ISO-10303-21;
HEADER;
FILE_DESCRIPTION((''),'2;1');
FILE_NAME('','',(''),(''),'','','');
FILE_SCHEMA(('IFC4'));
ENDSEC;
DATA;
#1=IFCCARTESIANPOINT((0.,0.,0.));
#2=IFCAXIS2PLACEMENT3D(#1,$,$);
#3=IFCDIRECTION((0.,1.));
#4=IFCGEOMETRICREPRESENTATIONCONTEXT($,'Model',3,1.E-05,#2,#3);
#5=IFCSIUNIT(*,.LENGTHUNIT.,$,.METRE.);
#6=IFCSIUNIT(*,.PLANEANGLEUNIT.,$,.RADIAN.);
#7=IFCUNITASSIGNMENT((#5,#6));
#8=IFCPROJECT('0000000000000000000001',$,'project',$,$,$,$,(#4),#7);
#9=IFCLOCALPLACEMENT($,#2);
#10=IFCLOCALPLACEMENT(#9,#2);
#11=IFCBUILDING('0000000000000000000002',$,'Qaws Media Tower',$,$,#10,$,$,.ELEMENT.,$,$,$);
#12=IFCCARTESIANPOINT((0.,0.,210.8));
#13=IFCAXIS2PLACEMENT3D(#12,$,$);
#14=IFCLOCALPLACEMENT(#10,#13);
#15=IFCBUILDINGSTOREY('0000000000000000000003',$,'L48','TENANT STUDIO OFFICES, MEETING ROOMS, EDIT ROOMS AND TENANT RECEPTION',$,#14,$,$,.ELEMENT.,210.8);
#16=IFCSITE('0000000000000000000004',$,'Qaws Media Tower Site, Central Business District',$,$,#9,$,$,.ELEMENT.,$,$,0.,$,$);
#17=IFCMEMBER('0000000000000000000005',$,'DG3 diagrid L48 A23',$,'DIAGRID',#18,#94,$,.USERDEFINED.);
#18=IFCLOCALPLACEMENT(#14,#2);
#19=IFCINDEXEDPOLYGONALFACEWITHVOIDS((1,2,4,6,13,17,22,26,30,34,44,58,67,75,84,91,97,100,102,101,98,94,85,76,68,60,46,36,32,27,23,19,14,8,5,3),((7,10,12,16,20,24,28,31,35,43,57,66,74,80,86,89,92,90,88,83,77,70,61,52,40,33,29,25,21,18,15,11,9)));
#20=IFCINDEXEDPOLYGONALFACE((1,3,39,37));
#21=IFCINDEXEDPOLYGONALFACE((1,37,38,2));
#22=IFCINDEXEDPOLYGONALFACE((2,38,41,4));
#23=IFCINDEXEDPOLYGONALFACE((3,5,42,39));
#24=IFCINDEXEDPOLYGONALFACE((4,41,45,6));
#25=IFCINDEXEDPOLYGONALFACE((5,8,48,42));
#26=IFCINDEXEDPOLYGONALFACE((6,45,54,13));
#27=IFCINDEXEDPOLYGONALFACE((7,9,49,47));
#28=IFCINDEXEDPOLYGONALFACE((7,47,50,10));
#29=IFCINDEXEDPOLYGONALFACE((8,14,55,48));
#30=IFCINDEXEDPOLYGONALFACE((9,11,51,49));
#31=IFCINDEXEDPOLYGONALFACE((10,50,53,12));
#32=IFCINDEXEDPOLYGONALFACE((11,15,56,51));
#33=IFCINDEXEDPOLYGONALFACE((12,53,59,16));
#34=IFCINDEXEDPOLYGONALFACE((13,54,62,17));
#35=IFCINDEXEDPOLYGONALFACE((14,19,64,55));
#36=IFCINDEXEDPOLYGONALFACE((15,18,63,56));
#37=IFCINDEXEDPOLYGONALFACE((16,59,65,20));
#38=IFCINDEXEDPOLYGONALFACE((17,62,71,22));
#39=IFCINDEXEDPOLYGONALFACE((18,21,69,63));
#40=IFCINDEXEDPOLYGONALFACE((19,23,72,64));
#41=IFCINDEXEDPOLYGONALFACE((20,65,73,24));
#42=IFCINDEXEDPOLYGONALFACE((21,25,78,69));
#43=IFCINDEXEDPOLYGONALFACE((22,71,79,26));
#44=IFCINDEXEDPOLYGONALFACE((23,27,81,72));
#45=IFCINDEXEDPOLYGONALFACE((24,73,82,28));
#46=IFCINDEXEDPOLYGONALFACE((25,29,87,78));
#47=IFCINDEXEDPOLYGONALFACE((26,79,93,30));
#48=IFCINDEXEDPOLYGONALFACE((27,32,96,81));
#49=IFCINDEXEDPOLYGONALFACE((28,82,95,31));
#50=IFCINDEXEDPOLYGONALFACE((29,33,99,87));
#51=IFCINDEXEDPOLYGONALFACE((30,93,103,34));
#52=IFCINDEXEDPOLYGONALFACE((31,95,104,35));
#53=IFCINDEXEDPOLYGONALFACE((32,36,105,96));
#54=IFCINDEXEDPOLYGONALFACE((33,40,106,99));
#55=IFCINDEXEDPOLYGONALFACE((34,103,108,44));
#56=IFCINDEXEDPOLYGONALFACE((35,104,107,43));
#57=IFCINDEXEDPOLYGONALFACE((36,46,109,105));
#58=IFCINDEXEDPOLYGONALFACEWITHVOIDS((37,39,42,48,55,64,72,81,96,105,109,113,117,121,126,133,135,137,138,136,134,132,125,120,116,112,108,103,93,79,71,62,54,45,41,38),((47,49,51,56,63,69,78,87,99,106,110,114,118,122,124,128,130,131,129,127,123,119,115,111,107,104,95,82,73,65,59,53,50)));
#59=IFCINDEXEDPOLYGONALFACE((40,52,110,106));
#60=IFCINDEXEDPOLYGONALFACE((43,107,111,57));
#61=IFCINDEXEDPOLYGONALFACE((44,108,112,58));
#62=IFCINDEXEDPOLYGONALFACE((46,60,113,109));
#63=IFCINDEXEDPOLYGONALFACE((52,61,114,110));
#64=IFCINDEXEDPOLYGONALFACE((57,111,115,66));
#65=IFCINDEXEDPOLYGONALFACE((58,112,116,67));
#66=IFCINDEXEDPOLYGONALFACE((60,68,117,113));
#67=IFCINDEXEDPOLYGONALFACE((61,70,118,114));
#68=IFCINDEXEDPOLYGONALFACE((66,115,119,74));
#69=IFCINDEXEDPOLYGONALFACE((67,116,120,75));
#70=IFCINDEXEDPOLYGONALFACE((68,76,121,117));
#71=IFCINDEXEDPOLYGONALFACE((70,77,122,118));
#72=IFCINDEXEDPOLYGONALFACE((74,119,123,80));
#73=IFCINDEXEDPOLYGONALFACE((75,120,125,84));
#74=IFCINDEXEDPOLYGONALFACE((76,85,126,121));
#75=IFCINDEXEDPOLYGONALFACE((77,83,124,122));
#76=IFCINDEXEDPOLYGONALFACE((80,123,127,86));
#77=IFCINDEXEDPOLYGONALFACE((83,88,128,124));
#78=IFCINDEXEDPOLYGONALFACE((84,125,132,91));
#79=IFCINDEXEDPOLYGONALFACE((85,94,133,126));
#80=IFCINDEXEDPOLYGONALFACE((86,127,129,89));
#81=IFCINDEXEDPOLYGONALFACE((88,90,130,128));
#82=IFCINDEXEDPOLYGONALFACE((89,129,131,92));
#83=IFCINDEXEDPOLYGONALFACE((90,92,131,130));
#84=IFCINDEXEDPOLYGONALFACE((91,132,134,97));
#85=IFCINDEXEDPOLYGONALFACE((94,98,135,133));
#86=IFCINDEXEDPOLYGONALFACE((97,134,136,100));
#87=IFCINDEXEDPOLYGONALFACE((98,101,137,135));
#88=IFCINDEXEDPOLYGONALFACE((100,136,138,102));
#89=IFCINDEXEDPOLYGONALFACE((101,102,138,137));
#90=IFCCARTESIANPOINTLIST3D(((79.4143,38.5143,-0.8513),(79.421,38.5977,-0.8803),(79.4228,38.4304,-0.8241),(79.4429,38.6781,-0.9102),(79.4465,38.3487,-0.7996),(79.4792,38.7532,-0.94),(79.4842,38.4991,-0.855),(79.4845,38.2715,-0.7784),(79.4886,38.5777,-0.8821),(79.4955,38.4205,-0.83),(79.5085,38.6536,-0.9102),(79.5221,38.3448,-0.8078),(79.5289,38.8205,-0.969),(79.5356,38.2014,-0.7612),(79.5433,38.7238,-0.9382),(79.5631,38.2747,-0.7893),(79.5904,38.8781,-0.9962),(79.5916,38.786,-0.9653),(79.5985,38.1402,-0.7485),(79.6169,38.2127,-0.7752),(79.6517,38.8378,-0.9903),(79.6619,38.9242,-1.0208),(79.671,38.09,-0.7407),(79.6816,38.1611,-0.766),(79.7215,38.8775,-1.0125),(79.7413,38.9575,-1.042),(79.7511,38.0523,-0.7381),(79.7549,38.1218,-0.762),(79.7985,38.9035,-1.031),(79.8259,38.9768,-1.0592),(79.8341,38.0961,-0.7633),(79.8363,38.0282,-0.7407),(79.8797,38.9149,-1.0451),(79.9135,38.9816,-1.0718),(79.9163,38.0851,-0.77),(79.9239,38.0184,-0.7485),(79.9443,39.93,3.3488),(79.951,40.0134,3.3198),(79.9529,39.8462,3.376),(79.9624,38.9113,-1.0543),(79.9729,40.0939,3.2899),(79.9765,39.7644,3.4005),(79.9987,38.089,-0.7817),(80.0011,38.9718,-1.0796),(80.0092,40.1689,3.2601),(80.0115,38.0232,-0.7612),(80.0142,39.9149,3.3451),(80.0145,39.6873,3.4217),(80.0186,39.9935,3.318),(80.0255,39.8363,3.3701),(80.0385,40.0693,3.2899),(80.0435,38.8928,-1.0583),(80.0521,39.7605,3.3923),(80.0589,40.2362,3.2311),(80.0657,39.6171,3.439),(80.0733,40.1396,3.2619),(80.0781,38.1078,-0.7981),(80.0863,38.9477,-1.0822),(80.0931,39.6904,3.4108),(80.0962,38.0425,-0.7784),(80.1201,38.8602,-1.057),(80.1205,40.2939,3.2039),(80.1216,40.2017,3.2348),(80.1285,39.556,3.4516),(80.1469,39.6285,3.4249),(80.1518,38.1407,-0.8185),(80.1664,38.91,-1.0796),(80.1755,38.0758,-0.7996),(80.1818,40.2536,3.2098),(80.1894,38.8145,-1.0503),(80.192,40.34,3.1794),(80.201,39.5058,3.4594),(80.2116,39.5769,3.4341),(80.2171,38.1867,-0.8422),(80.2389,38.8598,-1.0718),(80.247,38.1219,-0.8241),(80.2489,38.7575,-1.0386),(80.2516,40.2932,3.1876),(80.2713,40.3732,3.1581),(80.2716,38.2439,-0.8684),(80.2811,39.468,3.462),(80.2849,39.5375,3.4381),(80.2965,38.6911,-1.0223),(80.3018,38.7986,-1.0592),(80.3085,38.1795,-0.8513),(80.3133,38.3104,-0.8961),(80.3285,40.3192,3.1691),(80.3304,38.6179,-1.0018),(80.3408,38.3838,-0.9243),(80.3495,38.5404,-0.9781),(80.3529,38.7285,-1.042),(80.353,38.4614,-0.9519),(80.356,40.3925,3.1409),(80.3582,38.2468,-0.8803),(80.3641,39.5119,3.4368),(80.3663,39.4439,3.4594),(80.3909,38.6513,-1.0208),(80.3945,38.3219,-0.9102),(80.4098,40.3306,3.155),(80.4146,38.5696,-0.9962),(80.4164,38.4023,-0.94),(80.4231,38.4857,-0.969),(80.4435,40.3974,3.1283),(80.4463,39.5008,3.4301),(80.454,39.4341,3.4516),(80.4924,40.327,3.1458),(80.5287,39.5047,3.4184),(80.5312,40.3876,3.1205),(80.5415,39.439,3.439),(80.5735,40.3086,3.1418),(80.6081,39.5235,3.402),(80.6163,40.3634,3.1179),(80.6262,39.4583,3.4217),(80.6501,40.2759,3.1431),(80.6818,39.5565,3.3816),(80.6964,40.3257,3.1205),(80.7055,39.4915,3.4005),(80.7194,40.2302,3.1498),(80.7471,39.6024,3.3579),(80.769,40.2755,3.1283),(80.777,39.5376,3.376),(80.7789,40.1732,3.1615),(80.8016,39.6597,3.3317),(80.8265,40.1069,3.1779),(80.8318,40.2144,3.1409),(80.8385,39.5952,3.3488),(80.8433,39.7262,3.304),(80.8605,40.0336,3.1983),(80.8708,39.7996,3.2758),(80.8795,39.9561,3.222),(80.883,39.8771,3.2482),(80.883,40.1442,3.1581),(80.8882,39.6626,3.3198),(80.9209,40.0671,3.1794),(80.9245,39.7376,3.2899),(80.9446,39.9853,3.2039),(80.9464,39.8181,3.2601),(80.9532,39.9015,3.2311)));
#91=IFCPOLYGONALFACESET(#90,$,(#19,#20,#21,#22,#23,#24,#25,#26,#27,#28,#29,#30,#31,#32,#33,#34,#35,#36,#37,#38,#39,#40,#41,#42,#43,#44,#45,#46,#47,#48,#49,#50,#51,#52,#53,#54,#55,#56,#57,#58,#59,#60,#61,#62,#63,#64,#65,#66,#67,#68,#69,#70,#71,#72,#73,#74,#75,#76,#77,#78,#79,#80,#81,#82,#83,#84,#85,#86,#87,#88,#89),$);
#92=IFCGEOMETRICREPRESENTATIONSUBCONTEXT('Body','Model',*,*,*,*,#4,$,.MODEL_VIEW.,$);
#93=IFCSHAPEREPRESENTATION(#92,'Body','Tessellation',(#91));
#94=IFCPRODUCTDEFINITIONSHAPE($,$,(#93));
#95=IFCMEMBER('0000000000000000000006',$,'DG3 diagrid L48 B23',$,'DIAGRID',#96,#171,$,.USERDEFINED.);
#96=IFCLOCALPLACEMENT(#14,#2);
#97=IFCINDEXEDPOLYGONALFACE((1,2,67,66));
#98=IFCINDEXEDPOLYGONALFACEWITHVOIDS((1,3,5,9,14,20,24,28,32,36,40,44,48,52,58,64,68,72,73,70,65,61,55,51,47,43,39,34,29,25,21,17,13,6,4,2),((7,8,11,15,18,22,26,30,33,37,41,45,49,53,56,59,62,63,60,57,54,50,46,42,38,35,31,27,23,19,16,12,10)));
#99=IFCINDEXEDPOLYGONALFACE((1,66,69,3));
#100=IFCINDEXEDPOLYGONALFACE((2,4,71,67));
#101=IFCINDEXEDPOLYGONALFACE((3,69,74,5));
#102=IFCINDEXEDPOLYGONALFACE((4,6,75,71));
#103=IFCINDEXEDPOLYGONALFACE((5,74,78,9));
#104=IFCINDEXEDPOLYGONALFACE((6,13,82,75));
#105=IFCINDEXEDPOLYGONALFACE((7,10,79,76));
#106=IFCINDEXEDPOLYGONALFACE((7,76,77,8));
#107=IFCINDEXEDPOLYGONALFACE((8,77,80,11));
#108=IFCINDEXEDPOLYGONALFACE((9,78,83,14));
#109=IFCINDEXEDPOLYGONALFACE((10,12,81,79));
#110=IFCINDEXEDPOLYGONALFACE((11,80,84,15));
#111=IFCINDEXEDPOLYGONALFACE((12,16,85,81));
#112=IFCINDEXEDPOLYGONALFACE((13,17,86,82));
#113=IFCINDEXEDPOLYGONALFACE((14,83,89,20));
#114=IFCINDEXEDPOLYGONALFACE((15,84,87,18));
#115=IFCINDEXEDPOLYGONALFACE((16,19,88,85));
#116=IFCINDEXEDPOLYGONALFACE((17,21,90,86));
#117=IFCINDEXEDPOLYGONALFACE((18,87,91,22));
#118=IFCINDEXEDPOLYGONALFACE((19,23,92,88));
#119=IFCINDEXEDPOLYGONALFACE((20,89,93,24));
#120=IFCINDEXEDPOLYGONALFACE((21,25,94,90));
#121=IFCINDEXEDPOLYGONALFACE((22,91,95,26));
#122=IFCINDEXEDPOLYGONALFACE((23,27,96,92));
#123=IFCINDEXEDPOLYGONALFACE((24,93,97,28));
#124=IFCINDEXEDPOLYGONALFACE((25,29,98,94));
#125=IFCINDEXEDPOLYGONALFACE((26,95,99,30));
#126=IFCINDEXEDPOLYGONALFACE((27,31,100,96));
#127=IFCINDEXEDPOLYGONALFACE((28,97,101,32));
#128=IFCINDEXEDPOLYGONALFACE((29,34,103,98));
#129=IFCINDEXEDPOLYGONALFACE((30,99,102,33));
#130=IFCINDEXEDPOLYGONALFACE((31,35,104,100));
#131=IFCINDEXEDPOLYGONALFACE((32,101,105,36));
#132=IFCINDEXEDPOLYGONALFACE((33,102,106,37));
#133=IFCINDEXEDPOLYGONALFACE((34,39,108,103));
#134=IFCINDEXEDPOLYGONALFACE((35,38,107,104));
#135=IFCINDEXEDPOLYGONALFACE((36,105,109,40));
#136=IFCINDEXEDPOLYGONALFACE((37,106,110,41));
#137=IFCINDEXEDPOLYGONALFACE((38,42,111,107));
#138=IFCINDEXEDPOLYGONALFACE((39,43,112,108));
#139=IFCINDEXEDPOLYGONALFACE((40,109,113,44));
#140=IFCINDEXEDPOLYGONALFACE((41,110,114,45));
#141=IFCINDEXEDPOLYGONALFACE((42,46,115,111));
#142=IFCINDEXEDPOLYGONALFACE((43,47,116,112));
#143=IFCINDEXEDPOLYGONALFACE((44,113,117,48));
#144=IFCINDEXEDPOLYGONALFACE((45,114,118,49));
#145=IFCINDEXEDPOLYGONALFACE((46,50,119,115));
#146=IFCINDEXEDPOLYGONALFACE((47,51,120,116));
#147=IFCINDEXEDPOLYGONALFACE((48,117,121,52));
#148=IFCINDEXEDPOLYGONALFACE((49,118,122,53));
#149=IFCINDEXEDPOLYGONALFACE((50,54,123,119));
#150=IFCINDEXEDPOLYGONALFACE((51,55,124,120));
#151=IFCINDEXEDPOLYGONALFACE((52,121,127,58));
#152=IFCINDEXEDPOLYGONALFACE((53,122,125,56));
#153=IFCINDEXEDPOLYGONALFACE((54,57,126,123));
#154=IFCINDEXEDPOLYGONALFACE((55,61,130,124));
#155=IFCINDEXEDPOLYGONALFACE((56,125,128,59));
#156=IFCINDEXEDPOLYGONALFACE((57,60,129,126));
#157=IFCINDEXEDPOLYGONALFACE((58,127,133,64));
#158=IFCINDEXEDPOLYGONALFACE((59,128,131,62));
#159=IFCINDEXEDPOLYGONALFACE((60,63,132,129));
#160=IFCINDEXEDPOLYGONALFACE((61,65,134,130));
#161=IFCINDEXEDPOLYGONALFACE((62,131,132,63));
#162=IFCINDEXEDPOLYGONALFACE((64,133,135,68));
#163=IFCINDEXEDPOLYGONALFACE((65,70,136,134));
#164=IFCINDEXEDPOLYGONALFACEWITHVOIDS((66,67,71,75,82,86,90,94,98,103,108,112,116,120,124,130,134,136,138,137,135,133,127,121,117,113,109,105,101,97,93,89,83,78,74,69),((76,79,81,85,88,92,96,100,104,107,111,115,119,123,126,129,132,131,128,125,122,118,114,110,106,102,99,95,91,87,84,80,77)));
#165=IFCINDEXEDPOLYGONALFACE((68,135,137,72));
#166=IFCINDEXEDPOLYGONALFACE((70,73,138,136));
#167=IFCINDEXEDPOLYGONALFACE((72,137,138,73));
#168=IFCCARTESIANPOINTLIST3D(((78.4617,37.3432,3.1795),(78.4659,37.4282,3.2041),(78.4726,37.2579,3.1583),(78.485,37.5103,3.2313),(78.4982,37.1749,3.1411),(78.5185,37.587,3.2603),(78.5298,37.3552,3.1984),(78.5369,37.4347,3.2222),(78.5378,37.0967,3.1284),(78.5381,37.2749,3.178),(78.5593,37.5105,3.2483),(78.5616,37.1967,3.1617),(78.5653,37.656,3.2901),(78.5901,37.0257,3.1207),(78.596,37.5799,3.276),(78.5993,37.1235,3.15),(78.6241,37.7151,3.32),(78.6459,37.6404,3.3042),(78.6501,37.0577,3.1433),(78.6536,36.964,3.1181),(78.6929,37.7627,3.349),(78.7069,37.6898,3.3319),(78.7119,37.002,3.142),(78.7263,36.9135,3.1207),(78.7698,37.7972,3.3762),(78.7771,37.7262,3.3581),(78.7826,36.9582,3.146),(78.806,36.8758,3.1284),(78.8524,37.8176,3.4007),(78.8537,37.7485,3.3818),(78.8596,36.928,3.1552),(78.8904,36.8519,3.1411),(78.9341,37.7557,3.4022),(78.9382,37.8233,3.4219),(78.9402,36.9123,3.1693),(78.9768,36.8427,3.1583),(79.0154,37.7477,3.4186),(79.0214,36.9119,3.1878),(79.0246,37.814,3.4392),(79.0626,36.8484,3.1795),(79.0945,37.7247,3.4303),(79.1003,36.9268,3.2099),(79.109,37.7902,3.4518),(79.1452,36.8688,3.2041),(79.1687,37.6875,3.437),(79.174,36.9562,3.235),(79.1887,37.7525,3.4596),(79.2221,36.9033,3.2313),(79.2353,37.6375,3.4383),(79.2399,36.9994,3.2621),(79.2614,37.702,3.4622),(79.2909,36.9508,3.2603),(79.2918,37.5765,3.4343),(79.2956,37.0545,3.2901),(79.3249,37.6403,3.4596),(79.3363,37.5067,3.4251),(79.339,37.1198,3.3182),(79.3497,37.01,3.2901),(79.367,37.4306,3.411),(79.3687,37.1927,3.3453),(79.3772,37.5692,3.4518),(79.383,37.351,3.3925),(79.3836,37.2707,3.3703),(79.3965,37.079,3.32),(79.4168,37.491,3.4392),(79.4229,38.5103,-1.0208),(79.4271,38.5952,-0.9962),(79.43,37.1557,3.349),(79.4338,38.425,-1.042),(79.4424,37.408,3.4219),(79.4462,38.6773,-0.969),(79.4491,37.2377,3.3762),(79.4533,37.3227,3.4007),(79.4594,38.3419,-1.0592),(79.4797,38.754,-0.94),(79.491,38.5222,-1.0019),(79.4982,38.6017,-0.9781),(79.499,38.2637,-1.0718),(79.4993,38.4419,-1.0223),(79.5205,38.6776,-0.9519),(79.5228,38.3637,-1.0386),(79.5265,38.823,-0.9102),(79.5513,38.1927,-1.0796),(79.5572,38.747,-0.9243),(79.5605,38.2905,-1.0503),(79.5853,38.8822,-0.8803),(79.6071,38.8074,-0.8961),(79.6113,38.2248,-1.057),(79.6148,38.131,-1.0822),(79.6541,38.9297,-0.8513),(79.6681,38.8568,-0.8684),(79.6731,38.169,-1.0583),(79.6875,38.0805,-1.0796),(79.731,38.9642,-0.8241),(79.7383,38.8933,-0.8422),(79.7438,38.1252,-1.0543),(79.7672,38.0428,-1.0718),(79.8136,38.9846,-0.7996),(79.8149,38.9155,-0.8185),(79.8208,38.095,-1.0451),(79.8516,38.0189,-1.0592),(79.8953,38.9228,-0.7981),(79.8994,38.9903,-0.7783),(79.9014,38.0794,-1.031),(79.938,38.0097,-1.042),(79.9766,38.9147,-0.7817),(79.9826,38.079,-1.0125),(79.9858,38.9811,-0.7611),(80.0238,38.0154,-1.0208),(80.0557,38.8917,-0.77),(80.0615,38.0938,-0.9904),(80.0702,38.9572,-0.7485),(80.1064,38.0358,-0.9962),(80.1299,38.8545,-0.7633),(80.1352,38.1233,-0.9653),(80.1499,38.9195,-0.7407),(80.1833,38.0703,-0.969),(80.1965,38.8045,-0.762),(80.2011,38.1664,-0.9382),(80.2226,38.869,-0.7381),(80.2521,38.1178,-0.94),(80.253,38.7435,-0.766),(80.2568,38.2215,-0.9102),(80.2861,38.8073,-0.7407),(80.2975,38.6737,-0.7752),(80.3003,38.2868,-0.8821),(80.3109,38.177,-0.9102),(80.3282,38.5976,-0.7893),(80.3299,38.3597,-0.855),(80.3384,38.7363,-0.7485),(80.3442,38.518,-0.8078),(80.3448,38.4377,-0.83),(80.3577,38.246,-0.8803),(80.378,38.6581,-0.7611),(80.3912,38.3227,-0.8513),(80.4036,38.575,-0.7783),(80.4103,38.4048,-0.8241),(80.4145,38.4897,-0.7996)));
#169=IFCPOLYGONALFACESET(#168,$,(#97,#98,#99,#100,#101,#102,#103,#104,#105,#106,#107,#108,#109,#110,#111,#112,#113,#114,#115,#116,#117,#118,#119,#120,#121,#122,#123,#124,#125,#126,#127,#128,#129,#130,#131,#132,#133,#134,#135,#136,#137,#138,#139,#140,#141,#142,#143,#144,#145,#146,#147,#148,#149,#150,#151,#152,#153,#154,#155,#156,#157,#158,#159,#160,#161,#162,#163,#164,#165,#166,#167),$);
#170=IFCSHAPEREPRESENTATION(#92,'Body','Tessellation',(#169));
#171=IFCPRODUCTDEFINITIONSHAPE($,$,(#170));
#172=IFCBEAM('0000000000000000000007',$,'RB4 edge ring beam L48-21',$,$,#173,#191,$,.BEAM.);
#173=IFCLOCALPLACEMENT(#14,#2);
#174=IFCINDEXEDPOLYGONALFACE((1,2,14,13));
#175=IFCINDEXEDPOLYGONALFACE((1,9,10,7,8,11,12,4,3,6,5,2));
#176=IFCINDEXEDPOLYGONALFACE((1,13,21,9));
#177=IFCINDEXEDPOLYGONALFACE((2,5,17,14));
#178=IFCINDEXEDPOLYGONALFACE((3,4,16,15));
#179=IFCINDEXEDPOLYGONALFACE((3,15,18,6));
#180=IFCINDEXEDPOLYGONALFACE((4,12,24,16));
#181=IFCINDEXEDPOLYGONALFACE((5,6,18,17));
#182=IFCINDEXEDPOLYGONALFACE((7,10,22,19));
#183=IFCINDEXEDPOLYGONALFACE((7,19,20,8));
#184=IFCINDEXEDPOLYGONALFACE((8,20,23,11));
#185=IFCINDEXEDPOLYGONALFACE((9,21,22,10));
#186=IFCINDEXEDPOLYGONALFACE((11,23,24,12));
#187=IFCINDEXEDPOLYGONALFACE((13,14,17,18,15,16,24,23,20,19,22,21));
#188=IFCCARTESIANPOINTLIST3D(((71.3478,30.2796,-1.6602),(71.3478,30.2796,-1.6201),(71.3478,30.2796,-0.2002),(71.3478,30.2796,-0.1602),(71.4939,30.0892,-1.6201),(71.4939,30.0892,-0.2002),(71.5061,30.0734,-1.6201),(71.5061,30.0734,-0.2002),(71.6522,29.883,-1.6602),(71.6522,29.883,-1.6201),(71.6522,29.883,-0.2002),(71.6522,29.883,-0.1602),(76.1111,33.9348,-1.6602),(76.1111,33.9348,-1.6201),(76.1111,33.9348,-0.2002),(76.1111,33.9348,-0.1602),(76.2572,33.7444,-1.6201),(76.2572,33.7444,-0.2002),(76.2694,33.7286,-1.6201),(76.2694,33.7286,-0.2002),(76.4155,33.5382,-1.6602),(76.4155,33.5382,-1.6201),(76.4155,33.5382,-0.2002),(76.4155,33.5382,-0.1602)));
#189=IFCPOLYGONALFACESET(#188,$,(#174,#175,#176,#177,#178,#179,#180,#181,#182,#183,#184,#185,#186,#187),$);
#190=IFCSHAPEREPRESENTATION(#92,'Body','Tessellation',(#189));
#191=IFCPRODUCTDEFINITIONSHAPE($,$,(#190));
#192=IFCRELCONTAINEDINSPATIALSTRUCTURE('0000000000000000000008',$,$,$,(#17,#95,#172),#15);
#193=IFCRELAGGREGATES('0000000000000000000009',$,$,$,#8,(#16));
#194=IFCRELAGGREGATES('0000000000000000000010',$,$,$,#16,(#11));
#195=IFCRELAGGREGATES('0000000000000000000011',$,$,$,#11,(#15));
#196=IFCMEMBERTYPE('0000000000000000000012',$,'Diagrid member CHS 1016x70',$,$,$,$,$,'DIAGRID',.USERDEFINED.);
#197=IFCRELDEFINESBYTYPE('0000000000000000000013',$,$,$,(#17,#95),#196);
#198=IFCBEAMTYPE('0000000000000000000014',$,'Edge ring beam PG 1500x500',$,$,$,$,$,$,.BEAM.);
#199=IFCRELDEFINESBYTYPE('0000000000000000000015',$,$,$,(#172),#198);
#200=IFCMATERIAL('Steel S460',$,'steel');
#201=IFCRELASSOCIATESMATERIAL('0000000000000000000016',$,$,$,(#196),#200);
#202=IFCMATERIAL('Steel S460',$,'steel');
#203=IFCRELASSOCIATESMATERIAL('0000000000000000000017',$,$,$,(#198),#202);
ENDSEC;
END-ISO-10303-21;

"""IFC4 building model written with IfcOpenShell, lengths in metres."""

from ifc_helpers import new_model, si_unit, direction, frame, origin, origin_2d, place, context, subcontext, project, spatial, hollow_circle, i_section, extrude, material, material_profile, profile_set, type_object, element, save


model = new_model("IFC4")

# Units and contexts
model_context = context("Model", 3, precision=1e-05, world=origin(), true_north=direction((0.0, 1.0)))
body_context = subcontext(model_context, "Body", "Model", "MODEL_VIEW")
ifc_project = project(units=[si_unit("LENGTHUNIT", "METRE"), si_unit("PLANEANGLEUNIT", "RADIAN")], contexts=[model_context])

# Site, building, storey
site_placement = place(None, origin())
site = spatial("IfcSite", under=ifc_project, at=site_placement, Name="Qaws Media Tower Site, Central Business District", CompositionType="ELEMENT", RefElevation=0.0)
building_placement = place(site_placement, origin())
building = spatial("IfcBuilding", under=site, at=building_placement, Name="Qaws Media Tower", CompositionType="ELEMENT")
storey_placement = place(building_placement, frame((0.0, 0.0, 210.8)))
storey = spatial("IfcBuildingStorey", under=building, at=storey_placement, Name="L48", Description="TENANT STUDIO OFFICES, MEETING ROOMS, EDIT ROOMS AND TENANT RECEPTION", CompositionType="ELEMENT", Elevation=210.8)

# Members
ifc_material_1 = material(Name="Steel S460", Category="steel")
ifc_material_profile_1 = material_profile(ifc_material_1, hollow_circle(Radius=0.5081, WallThickness=0.0701, at=origin_2d()), Name="CHS 1016x70")
ifc_profile_set_1 = profile_set([ifc_material_profile_1], Name="Steel S460")
member_type_1 = type_object("IfcMemberType", Name="Diagrid member CHS 1016x70", ElementType="DIAGRID", PredefinedType="USERDEFINED", material=ifc_profile_set_1)
for number, where, z_axis, x_axis, name in (
    (1, (79.9187, 38.5, -0.9102), (0.118735, 0.317156, 0.940911), (-0.936522, 0.35061, 0.0), "DG3 diagrid L48 A23"),
):
    element("IfcMember", number, at=place(storey_placement, frame(where, z_axis=z_axis, x_axis=x_axis)), inside=storey, type_object=member_type_1, Name=name, ObjectType="DIAGRID", PredefinedType="USERDEFINED", context=body_context, shape_type="SweptSolid", body=[
        extrude(hollow_circle(Radius=0.5081, WallThickness=0.0701, at=origin_2d()), origin(), (0.0, 0.0, 1.0), 4.4639),
    ])
member_1_placement = place(storey_placement, frame((79.9187, 38.5, -0.9102), z_axis=(-0.215318, -0.261422, 0.940902), x_axis=(0.771888, -0.635758, 0.0)))
element("IfcMember", 2, at=member_1_placement, inside=storey, type_object=member_type_1, Name="DG3 diagrid L48 B23", ObjectType="DIAGRID", PredefinedType="USERDEFINED", context=body_context, shape_type="SweptSolid", body=[
    extrude(hollow_circle(Radius=0.5081, WallThickness=0.0701, at=origin_2d()), origin(), (0.0, 0.0, 1.0), 4.4641),
])

# Beam
ifc_material_2 = material(Name="Steel S460", Category="steel")
ifc_material_profile_2 = material_profile(ifc_material_2, i_section(OverallWidth=0.5, OverallDepth=1.5, WebThickness=0.02, FlangeThickness=0.04, at=origin_2d()), Name="PG 1500x500")
ifc_profile_set_2 = profile_set([ifc_material_profile_2], Name="Steel S460")
beam_type = type_object("IfcBeamType", Name="Edge ring beam PG 1500x500", PredefinedType="BEAM", material=ifc_profile_set_2)
for number, where, z_axis, x_axis, name in (
    (3, (71.5, 30.0813, -0.9102), (0.79334, 0.608779, 0.0), (-0.608779, 0.79334, 0.0), "RB4 edge ring beam L48-21"),
):
    element("IfcBeam", number, at=place(storey_placement, frame(where, z_axis=z_axis, x_axis=x_axis)), inside=storey, type_object=beam_type, Name=name, PredefinedType="BEAM", context=body_context, shape_type="SweptSolid", body=[
        extrude(i_section(OverallWidth=0.5, OverallDepth=1.5, WebThickness=0.02, FlangeThickness=0.04, at=origin_2d()), origin(), (0.0, 0.0, 1.0), 6.0042),
    ])

save(model, "model.ifc")
